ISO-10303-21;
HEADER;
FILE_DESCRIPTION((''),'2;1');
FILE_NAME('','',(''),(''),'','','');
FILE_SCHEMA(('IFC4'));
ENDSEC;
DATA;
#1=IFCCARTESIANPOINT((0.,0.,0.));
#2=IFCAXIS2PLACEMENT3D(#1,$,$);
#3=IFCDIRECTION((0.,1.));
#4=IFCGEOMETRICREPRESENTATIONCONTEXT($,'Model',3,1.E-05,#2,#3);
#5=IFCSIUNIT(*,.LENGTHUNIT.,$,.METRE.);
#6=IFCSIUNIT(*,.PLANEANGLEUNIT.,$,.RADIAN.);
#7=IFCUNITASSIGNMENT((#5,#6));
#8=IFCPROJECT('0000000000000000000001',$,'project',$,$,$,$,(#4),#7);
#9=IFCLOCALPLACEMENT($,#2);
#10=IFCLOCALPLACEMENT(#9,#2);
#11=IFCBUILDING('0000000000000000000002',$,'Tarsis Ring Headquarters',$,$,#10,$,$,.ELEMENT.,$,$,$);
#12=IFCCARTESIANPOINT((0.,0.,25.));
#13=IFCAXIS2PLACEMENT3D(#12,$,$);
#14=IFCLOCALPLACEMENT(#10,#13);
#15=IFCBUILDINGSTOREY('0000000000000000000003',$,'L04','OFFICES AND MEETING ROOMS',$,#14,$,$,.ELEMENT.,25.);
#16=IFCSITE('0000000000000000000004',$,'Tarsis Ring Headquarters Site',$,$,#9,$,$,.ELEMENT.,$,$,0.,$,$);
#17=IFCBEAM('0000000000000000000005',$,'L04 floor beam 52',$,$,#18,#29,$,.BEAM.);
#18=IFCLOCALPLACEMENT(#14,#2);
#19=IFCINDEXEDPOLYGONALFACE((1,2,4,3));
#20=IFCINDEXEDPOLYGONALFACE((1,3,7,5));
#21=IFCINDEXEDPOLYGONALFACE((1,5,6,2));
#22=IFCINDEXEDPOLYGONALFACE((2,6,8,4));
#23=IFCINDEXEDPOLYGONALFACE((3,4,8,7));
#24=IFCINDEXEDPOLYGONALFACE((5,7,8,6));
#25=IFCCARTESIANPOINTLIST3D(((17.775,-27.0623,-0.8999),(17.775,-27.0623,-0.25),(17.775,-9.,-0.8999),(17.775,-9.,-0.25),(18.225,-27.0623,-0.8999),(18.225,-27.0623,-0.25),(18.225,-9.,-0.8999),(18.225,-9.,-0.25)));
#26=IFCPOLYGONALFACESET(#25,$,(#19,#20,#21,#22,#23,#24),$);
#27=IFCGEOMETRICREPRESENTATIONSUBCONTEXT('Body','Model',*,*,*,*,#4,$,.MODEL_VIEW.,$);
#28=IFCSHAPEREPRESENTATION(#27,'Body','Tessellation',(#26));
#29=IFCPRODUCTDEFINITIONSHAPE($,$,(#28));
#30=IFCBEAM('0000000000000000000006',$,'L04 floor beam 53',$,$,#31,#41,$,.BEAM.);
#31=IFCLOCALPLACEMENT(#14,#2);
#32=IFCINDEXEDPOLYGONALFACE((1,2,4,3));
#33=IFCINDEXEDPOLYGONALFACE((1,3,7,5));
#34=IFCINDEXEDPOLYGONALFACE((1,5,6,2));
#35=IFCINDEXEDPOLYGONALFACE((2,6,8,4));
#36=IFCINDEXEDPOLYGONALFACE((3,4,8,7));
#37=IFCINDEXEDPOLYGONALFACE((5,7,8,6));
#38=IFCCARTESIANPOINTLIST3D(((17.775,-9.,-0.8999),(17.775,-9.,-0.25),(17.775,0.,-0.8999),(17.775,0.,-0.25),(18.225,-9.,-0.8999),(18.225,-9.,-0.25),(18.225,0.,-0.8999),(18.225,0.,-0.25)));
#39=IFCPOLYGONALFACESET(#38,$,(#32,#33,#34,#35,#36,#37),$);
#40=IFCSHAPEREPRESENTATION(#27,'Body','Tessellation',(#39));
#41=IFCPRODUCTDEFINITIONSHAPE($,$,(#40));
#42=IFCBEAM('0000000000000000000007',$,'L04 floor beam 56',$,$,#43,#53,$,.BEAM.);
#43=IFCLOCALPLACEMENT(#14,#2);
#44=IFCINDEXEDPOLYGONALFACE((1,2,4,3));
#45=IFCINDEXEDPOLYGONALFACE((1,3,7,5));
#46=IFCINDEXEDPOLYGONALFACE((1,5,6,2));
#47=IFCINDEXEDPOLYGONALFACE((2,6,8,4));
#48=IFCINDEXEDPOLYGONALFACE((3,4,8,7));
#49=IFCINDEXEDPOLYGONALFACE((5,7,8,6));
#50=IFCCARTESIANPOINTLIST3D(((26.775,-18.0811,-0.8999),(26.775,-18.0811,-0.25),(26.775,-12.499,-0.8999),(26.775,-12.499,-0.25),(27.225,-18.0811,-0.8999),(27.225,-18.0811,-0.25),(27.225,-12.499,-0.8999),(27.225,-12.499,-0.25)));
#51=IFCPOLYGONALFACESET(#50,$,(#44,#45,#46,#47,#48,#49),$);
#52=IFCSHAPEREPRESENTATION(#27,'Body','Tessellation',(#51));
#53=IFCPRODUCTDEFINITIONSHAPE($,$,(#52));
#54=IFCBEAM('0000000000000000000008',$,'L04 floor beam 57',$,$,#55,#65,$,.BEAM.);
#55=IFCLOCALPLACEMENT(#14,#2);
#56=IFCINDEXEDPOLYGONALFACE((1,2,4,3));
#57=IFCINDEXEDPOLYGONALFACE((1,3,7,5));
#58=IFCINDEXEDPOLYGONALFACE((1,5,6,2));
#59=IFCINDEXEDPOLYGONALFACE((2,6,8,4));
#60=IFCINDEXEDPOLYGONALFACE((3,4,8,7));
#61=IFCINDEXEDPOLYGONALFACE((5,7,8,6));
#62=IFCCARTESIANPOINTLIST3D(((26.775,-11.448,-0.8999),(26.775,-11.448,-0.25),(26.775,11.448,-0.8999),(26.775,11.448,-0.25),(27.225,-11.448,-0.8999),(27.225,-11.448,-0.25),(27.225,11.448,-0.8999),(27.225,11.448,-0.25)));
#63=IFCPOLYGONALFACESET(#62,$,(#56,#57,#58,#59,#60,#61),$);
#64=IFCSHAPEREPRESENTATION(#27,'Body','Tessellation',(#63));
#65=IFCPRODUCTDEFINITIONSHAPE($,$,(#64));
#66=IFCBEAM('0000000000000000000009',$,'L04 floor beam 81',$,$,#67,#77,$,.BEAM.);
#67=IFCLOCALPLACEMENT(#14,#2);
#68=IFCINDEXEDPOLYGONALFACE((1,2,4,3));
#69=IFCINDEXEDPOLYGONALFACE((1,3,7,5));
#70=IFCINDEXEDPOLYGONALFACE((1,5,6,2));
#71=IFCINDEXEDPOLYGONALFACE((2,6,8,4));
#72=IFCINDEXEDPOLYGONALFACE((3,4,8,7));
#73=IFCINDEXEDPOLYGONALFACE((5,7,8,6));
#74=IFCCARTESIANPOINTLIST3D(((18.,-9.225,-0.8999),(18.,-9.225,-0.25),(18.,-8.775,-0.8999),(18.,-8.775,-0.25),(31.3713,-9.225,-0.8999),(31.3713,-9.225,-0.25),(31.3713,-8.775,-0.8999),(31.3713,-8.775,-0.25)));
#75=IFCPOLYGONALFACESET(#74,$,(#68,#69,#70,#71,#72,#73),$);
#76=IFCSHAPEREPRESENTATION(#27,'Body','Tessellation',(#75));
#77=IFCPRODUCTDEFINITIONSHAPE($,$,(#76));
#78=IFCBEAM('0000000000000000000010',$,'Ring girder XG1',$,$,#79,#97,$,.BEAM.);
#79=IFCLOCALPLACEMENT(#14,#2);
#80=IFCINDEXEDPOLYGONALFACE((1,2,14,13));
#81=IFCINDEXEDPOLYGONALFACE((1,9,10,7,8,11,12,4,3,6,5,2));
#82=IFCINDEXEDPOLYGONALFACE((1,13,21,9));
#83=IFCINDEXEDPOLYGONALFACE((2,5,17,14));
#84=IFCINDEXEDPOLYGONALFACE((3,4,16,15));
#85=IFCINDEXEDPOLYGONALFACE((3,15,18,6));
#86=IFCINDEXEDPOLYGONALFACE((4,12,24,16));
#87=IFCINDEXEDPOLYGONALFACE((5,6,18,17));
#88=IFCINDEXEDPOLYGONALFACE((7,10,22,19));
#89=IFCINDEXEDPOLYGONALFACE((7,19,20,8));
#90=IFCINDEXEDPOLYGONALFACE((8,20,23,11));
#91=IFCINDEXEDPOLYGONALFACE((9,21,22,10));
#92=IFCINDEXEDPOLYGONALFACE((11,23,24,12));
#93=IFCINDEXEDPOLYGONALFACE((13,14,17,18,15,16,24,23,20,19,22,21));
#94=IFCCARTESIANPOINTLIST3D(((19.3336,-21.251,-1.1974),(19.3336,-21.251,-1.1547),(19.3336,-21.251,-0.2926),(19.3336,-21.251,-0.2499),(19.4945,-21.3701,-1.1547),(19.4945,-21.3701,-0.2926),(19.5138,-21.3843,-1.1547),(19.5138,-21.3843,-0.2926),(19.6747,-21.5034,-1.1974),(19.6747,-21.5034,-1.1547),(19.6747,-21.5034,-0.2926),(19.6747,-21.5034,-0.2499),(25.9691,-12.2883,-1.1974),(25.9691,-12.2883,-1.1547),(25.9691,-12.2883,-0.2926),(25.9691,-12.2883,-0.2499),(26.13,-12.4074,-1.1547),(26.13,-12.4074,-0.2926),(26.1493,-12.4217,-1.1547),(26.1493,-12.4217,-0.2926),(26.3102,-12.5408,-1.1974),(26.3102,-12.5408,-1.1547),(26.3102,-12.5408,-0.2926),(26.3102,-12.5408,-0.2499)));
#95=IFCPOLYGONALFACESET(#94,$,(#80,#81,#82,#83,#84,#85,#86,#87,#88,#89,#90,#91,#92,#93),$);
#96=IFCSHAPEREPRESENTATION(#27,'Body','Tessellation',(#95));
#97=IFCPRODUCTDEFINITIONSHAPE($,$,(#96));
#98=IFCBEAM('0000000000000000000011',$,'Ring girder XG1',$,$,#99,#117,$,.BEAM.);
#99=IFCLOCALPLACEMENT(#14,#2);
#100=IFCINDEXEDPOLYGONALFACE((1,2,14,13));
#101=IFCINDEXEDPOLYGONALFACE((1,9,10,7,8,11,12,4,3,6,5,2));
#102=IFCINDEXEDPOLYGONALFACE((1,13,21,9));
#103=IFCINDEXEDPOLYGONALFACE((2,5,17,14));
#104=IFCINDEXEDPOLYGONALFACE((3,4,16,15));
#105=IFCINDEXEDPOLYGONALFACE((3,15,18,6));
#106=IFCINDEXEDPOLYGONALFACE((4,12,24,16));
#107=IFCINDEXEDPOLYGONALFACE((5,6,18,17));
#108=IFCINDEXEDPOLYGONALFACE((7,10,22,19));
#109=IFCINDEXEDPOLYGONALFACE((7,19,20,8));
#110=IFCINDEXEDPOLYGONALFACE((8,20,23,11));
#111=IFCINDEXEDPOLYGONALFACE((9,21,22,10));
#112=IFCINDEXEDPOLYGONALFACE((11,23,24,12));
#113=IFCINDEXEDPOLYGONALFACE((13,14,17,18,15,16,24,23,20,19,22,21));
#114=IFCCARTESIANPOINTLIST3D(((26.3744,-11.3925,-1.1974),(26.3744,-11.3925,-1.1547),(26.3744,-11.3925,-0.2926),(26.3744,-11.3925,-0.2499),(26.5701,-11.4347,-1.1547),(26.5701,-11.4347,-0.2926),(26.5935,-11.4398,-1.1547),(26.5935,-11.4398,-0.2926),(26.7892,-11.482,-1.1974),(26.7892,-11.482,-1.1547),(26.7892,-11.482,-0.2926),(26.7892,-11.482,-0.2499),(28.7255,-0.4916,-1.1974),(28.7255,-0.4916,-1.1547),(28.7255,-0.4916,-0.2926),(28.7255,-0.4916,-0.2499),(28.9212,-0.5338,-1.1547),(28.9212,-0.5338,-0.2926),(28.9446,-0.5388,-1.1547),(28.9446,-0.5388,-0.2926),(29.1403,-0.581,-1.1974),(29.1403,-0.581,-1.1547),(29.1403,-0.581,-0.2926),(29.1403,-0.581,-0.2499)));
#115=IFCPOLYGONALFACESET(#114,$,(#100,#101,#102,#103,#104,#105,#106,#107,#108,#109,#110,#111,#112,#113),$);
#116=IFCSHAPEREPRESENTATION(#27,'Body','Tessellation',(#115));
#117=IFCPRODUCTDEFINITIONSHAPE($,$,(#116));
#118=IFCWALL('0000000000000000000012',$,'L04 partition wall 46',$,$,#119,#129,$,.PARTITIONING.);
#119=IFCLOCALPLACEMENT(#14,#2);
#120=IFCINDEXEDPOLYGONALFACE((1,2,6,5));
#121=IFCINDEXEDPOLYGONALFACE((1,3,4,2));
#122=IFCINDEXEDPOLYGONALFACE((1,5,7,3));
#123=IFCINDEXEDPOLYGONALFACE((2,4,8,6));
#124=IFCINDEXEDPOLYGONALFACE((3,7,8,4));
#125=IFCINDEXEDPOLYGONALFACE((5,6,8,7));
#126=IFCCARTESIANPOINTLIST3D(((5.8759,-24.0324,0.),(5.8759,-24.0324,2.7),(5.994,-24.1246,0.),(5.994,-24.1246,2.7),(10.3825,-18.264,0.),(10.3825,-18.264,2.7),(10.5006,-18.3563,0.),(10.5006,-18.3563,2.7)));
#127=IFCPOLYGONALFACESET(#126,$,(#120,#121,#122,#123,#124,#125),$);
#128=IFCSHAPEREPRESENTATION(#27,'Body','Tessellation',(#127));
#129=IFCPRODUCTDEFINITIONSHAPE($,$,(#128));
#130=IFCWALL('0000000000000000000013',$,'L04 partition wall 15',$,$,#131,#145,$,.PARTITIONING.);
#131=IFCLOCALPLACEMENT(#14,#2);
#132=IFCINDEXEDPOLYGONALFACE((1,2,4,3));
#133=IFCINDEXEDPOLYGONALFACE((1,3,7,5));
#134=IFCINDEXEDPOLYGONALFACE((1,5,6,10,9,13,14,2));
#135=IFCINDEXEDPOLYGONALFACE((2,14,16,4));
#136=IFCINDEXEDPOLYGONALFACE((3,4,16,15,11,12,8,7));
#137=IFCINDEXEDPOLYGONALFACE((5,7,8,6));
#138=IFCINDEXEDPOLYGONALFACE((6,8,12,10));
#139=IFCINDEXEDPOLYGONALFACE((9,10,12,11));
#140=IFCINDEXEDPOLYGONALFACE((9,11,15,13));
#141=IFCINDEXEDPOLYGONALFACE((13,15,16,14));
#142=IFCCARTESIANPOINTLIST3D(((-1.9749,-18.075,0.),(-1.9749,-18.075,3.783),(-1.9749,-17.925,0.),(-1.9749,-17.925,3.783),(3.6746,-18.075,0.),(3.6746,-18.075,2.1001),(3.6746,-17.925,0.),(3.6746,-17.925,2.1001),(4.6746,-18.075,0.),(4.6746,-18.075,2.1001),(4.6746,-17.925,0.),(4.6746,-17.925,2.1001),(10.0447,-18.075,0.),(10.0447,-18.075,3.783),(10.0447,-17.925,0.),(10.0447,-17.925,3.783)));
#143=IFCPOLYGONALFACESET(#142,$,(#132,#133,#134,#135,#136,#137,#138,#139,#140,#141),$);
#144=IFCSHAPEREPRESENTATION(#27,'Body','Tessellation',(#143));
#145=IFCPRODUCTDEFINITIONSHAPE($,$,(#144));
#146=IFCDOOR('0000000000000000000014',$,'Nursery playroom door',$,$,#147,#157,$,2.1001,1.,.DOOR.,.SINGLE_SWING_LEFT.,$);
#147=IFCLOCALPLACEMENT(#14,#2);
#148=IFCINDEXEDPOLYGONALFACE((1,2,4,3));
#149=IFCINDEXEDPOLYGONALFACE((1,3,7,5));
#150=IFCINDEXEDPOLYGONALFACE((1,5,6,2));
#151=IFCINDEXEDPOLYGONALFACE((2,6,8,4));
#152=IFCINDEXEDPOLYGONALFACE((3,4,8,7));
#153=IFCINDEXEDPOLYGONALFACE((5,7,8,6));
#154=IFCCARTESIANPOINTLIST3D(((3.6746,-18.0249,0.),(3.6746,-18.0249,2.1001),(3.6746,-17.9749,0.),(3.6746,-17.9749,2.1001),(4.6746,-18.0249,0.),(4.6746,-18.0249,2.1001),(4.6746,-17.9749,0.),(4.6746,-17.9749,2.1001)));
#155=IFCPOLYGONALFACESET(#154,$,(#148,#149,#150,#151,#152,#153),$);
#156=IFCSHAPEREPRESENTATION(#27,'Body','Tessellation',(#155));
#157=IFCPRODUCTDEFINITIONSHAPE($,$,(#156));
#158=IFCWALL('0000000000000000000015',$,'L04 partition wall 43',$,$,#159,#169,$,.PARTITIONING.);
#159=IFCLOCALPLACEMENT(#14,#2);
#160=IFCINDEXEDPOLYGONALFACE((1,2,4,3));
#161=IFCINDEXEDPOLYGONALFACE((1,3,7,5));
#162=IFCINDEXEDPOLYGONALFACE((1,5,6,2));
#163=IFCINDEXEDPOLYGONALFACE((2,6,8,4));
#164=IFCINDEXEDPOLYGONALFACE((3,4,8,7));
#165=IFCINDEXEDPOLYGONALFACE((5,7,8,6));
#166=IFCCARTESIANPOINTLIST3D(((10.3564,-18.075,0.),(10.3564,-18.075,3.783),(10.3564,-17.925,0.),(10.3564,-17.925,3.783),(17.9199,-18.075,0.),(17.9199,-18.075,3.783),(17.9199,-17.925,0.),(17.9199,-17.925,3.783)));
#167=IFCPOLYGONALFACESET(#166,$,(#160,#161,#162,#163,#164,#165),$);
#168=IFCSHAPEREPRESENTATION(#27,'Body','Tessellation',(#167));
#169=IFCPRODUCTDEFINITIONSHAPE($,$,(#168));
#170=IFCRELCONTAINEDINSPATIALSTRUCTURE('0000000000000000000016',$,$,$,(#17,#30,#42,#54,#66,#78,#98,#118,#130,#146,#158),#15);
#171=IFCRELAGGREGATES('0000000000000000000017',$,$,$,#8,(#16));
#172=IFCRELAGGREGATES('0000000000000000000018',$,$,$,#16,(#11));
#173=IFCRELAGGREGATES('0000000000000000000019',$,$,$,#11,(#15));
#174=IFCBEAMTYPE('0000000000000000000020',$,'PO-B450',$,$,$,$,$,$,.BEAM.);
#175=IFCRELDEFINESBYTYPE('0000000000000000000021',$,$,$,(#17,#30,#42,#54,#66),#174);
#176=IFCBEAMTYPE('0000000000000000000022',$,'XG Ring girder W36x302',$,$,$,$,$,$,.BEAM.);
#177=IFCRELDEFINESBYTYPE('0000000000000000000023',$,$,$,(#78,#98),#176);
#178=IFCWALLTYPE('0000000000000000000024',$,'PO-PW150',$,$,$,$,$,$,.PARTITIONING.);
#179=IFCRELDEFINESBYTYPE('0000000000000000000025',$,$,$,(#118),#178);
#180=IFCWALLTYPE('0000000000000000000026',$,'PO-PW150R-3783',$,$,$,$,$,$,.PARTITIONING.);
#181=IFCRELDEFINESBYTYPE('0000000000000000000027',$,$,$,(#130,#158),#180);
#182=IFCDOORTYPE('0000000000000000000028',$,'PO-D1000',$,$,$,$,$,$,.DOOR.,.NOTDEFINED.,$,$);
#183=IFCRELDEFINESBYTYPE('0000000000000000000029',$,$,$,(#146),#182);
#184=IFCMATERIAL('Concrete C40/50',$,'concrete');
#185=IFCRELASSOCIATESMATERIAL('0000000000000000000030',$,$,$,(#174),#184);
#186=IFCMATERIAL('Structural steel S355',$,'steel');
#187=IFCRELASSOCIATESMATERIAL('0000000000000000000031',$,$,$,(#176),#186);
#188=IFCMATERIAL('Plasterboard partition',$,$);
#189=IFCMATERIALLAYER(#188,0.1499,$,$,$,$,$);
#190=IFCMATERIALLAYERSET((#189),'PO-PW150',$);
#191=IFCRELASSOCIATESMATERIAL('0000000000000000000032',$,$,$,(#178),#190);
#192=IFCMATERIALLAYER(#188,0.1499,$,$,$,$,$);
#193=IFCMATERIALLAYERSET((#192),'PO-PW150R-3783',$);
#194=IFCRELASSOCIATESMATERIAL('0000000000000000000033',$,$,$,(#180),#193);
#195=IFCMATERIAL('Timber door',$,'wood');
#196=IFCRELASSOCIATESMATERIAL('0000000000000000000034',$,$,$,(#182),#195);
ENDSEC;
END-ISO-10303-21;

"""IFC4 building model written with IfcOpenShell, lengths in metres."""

from ifc_helpers import new_model, si_unit, direction, frame, frame_2d, origin, origin_2d, place, context, subcontext, project, spatial, rectangle, i_section, extrude, material, layer, layer_set, material_profile, profile_set, type_object, element, fill, save


model = new_model("IFC4")

# Units and contexts
model_context = context("Model", 3, precision=1e-05, world=origin(), true_north=direction((0.0, 1.0)))
body_context = subcontext(model_context, "Body", "Model", "MODEL_VIEW")
ifc_project = project(units=[si_unit("LENGTHUNIT", "METRE"), si_unit("PLANEANGLEUNIT", "RADIAN")], contexts=[model_context])

# Site, building, storey
site_placement = place(None, origin())
site = spatial("IfcSite", under=ifc_project, at=site_placement, Name="Tarsis Ring Headquarters Site", CompositionType="ELEMENT", RefElevation=0.0)
building_placement = place(site_placement, origin())
building = spatial("IfcBuilding", under=site, at=building_placement, Name="Tarsis Ring Headquarters", CompositionType="ELEMENT")
storey_placement = place(building_placement, frame((0.0, 0.0, 25.0)))
storey = spatial("IfcBuildingStorey", under=building, at=storey_placement, Name="L04", Description="OFFICES AND MEETING ROOMS", CompositionType="ELEMENT", Elevation=25.0)

# Shared definitions
ifc_material_1 = material(Name="Concrete C40/50", Category="concrete")

# Beams
ifc_material_profile_1 = material_profile(ifc_material_1, rectangle(XDim=0.45, YDim=0.6499, at=origin_2d()), Name="PO-B450")
ifc_profile_set_1 = profile_set([ifc_material_profile_1], Name="Concrete C40/50")
beam_type_1 = type_object("IfcBeamType", Name="PO-B450", PredefinedType="BEAM", material=ifc_profile_set_1)
beam_1_placement = place(storey_placement, frame((18.0, -27.0623, -0.575), z_axis=(0.0, 1.0, 0.0), x_axis=(-1.0, 0.0, 0.0)))
element("IfcBeam", 1, at=beam_1_placement, inside=storey, type_object=beam_type_1, Name="L04 floor beam 52", PredefinedType="BEAM", context=body_context, shape_type="SweptSolid", body=[
    extrude(rectangle(XDim=0.45, YDim=0.6499, at=origin_2d()), origin(), (0.0, 0.0, 1.0), 18.0623),
])
beam_2_placement = place(storey_placement, frame((18.0, -9.0, -0.575), z_axis=(0.0, 1.0, 0.0), x_axis=(-1.0, 0.0, 0.0)))
element("IfcBeam", 2, at=beam_2_placement, inside=storey, type_object=beam_type_1, Name="L04 floor beam 53", PredefinedType="BEAM", context=body_context, shape_type="SweptSolid", body=[
    extrude(rectangle(XDim=0.45, YDim=0.6499, at=origin_2d()), origin(), (0.0, 0.0, 1.0), 9.0),
])
beam_3_placement = place(storey_placement, frame((27.0, -18.0811, -0.575), z_axis=(0.0, 1.0, 0.0), x_axis=(-1.0, 0.0, 0.0)))
element("IfcBeam", 3, at=beam_3_placement, inside=storey, type_object=beam_type_1, Name="L04 floor beam 56", PredefinedType="BEAM", context=body_context, shape_type="SweptSolid", body=[
    extrude(rectangle(XDim=0.45, YDim=0.6499, at=origin_2d()), origin(), (0.0, 0.0, 1.0), 5.582),
])
beam_4_placement = place(storey_placement, frame((27.0, -11.448, -0.575), z_axis=(0.0, 1.0, 0.0), x_axis=(-1.0, 0.0, 0.0)))
element("IfcBeam", 4, at=beam_4_placement, inside=storey, type_object=beam_type_1, Name="L04 floor beam 57", PredefinedType="BEAM", context=body_context, shape_type="SweptSolid", body=[
    extrude(rectangle(XDim=0.45, YDim=0.6499, at=origin_2d()), origin(), (0.0, 0.0, 1.0), 22.896),
])
beam_5_placement = place(storey_placement, frame((18.0, -9.0, -0.575), z_axis=(1.0, 0.0, 0.0), x_axis=(0.0, 1.0, 0.0)))
element("IfcBeam", 5, at=beam_5_placement, inside=storey, type_object=beam_type_1, Name="L04 floor beam 81", PredefinedType="BEAM", context=body_context, shape_type="SweptSolid", body=[
    extrude(rectangle(XDim=0.45, YDim=0.6499, at=origin_2d()), origin(), (0.0, 0.0, 1.0), 13.3713),
])
ifc_material_2 = material(Name="Structural steel S355", Category="steel")
ifc_material_profile_2 = material_profile(ifc_material_2, i_section(OverallWidth=0.4243, OverallDepth=0.9475, WebThickness=0.0239, FlangeThickness=0.0427, at=origin_2d()), Name="W36x302")
ifc_profile_set_2 = profile_set([ifc_material_profile_2], Name="Structural steel S355")
beam_type_2 = type_object("IfcBeamType", Name="XG Ring girder W36x302", PredefinedType="BEAM", material=ifc_profile_set_2)
for number, where, z_axis, x_axis, name in (
    (6, (19.5042, -21.3772, -0.7236), (0.595025, 0.803707, 0.0), (-0.803707, 0.595025, 0.0), "Ring girder XG1"),
    (7, (26.5818, -11.4373, -0.7236), (0.21083, 0.977523, 0.0), (-0.977523, 0.21083, 0.0), "Ring girder XG1"),
):
    element("IfcBeam", number, at=place(storey_placement, frame(where, z_axis=z_axis, x_axis=x_axis)), inside=storey, type_object=beam_type_2, Name=name, PredefinedType="BEAM", context=body_context, shape_type="SweptSolid", body=[
        extrude(i_section(OverallWidth=0.4243, OverallDepth=0.9475, WebThickness=0.0239, FlangeThickness=0.0427, at=origin_2d()), origin(), (0.0, 0.0, 1.0), 11.1516),
    ])

# Wall
ifc_material_3 = material(Name="Plasterboard partition")
ifc_layer_1 = layer(ifc_material_3, 0.1499)
ifc_layer_set_1 = layer_set([ifc_layer_1], Name="PO-PW150")
wall_type_1 = type_object("IfcWallType", Name="PO-PW150", PredefinedType="PARTITIONING", material=ifc_layer_set_1)
wall_1_placement = place(storey_placement, frame((10.4417, -18.3101, 0.0), z_axis=(0.0, 0.0, 1.0), x_axis=(-0.615652, -0.788018, 0.0)))
element("IfcWall", 8, at=wall_1_placement, inside=storey, type_object=wall_type_1, Name="L04 partition wall 46", PredefinedType="PARTITIONING", context=body_context, shape_type="SweptSolid", body=[
    extrude(rectangle(XDim=7.3201, YDim=0.1499, at=frame_2d((3.6602, 0.0))), origin(), (0.0, 0.0, 1.0), 2.7),
])

# Wall, opening, door
ifc_layer_2 = layer(ifc_material_3, 0.1499)
ifc_layer_set_2 = layer_set([ifc_layer_2], Name="PO-PW150R-3783")
wall_type_2 = type_object("IfcWallType", Name="PO-PW150R-3783", PredefinedType="PARTITIONING", material=ifc_layer_set_2)
wall_2_placement = place(storey_placement, frame((10.0447, -18.0, 0.0), z_axis=(0.0, 0.0, 1.0), x_axis=(-1.0, 0.0, 0.0)))
wall_2 = element("IfcWall", 9, at=wall_2_placement, inside=storey, type_object=wall_type_2, Name="L04 partition wall 15", PredefinedType="PARTITIONING", context=body_context, shape_type="SweptSolid", body=[
    extrude(rectangle(XDim=12.0195, YDim=0.1499, at=frame_2d((6.0098, 0.0))), origin(), (0.0, 0.0, 1.0), 3.783),
])
opening_1_placement = place(wall_2_placement, frame((5.3701, 0.0, 0.0)))
opening_1 = element("IfcOpeningElement", 10, at=opening_1_placement, cuts=wall_2, PredefinedType="OPENING", context=body_context, shape_type="SweptSolid", body=[
    extrude(rectangle(XDim=1.0, YDim=2.1001, at=frame_2d((0.5, 1.05))), frame((0.0, 0.085, 0.0), z_axis=(0.0, -1.0, 0.0), x_axis=(1.0, 0.0, 0.0)), (0.0, 0.0, 1.0), 0.1699),
])
ifc_material_4 = material(Name="Timber door", Category="wood")
door_type = type_object("IfcDoorType", Name="PO-D1000", OperationType="NOTDEFINED", PredefinedType="DOOR", material=ifc_material_4)
door_placement = place(opening_1_placement, origin())
door = element("IfcDoor", 11, at=door_placement, inside=storey, type_object=door_type, Name="Nursery playroom door", OperationType="SINGLE_SWING_LEFT", OverallHeight=2.1001, OverallWidth=1.0, PredefinedType="DOOR", context=body_context, shape_type="SweptSolid", body=[
    extrude(rectangle(XDim=1.0, YDim=2.1001, at=frame_2d((0.5, 1.05))), frame((0.0, 0.0249, 0.0), z_axis=(0.0, -1.0, 0.0), x_axis=(1.0, 0.0, 0.0)), (0.0, 0.0, 1.0), 0.05),
])
fill(opening_1, door)

# Wall
wall_3_placement = place(storey_placement, frame((17.9199, -18.0, 0.0), z_axis=(0.0, 0.0, 1.0), x_axis=(-1.0, 0.0, 0.0)))
element("IfcWall", 12, at=wall_3_placement, inside=storey, type_object=wall_type_2, Name="L04 partition wall 43", PredefinedType="PARTITIONING", context=body_context, shape_type="SweptSolid", body=[
    extrude(rectangle(XDim=7.5635, YDim=0.1499, at=frame_2d((3.7817, 0.0))), origin(), (0.0, 0.0, 1.0), 3.783),
])

save(model, "model.ifc")
